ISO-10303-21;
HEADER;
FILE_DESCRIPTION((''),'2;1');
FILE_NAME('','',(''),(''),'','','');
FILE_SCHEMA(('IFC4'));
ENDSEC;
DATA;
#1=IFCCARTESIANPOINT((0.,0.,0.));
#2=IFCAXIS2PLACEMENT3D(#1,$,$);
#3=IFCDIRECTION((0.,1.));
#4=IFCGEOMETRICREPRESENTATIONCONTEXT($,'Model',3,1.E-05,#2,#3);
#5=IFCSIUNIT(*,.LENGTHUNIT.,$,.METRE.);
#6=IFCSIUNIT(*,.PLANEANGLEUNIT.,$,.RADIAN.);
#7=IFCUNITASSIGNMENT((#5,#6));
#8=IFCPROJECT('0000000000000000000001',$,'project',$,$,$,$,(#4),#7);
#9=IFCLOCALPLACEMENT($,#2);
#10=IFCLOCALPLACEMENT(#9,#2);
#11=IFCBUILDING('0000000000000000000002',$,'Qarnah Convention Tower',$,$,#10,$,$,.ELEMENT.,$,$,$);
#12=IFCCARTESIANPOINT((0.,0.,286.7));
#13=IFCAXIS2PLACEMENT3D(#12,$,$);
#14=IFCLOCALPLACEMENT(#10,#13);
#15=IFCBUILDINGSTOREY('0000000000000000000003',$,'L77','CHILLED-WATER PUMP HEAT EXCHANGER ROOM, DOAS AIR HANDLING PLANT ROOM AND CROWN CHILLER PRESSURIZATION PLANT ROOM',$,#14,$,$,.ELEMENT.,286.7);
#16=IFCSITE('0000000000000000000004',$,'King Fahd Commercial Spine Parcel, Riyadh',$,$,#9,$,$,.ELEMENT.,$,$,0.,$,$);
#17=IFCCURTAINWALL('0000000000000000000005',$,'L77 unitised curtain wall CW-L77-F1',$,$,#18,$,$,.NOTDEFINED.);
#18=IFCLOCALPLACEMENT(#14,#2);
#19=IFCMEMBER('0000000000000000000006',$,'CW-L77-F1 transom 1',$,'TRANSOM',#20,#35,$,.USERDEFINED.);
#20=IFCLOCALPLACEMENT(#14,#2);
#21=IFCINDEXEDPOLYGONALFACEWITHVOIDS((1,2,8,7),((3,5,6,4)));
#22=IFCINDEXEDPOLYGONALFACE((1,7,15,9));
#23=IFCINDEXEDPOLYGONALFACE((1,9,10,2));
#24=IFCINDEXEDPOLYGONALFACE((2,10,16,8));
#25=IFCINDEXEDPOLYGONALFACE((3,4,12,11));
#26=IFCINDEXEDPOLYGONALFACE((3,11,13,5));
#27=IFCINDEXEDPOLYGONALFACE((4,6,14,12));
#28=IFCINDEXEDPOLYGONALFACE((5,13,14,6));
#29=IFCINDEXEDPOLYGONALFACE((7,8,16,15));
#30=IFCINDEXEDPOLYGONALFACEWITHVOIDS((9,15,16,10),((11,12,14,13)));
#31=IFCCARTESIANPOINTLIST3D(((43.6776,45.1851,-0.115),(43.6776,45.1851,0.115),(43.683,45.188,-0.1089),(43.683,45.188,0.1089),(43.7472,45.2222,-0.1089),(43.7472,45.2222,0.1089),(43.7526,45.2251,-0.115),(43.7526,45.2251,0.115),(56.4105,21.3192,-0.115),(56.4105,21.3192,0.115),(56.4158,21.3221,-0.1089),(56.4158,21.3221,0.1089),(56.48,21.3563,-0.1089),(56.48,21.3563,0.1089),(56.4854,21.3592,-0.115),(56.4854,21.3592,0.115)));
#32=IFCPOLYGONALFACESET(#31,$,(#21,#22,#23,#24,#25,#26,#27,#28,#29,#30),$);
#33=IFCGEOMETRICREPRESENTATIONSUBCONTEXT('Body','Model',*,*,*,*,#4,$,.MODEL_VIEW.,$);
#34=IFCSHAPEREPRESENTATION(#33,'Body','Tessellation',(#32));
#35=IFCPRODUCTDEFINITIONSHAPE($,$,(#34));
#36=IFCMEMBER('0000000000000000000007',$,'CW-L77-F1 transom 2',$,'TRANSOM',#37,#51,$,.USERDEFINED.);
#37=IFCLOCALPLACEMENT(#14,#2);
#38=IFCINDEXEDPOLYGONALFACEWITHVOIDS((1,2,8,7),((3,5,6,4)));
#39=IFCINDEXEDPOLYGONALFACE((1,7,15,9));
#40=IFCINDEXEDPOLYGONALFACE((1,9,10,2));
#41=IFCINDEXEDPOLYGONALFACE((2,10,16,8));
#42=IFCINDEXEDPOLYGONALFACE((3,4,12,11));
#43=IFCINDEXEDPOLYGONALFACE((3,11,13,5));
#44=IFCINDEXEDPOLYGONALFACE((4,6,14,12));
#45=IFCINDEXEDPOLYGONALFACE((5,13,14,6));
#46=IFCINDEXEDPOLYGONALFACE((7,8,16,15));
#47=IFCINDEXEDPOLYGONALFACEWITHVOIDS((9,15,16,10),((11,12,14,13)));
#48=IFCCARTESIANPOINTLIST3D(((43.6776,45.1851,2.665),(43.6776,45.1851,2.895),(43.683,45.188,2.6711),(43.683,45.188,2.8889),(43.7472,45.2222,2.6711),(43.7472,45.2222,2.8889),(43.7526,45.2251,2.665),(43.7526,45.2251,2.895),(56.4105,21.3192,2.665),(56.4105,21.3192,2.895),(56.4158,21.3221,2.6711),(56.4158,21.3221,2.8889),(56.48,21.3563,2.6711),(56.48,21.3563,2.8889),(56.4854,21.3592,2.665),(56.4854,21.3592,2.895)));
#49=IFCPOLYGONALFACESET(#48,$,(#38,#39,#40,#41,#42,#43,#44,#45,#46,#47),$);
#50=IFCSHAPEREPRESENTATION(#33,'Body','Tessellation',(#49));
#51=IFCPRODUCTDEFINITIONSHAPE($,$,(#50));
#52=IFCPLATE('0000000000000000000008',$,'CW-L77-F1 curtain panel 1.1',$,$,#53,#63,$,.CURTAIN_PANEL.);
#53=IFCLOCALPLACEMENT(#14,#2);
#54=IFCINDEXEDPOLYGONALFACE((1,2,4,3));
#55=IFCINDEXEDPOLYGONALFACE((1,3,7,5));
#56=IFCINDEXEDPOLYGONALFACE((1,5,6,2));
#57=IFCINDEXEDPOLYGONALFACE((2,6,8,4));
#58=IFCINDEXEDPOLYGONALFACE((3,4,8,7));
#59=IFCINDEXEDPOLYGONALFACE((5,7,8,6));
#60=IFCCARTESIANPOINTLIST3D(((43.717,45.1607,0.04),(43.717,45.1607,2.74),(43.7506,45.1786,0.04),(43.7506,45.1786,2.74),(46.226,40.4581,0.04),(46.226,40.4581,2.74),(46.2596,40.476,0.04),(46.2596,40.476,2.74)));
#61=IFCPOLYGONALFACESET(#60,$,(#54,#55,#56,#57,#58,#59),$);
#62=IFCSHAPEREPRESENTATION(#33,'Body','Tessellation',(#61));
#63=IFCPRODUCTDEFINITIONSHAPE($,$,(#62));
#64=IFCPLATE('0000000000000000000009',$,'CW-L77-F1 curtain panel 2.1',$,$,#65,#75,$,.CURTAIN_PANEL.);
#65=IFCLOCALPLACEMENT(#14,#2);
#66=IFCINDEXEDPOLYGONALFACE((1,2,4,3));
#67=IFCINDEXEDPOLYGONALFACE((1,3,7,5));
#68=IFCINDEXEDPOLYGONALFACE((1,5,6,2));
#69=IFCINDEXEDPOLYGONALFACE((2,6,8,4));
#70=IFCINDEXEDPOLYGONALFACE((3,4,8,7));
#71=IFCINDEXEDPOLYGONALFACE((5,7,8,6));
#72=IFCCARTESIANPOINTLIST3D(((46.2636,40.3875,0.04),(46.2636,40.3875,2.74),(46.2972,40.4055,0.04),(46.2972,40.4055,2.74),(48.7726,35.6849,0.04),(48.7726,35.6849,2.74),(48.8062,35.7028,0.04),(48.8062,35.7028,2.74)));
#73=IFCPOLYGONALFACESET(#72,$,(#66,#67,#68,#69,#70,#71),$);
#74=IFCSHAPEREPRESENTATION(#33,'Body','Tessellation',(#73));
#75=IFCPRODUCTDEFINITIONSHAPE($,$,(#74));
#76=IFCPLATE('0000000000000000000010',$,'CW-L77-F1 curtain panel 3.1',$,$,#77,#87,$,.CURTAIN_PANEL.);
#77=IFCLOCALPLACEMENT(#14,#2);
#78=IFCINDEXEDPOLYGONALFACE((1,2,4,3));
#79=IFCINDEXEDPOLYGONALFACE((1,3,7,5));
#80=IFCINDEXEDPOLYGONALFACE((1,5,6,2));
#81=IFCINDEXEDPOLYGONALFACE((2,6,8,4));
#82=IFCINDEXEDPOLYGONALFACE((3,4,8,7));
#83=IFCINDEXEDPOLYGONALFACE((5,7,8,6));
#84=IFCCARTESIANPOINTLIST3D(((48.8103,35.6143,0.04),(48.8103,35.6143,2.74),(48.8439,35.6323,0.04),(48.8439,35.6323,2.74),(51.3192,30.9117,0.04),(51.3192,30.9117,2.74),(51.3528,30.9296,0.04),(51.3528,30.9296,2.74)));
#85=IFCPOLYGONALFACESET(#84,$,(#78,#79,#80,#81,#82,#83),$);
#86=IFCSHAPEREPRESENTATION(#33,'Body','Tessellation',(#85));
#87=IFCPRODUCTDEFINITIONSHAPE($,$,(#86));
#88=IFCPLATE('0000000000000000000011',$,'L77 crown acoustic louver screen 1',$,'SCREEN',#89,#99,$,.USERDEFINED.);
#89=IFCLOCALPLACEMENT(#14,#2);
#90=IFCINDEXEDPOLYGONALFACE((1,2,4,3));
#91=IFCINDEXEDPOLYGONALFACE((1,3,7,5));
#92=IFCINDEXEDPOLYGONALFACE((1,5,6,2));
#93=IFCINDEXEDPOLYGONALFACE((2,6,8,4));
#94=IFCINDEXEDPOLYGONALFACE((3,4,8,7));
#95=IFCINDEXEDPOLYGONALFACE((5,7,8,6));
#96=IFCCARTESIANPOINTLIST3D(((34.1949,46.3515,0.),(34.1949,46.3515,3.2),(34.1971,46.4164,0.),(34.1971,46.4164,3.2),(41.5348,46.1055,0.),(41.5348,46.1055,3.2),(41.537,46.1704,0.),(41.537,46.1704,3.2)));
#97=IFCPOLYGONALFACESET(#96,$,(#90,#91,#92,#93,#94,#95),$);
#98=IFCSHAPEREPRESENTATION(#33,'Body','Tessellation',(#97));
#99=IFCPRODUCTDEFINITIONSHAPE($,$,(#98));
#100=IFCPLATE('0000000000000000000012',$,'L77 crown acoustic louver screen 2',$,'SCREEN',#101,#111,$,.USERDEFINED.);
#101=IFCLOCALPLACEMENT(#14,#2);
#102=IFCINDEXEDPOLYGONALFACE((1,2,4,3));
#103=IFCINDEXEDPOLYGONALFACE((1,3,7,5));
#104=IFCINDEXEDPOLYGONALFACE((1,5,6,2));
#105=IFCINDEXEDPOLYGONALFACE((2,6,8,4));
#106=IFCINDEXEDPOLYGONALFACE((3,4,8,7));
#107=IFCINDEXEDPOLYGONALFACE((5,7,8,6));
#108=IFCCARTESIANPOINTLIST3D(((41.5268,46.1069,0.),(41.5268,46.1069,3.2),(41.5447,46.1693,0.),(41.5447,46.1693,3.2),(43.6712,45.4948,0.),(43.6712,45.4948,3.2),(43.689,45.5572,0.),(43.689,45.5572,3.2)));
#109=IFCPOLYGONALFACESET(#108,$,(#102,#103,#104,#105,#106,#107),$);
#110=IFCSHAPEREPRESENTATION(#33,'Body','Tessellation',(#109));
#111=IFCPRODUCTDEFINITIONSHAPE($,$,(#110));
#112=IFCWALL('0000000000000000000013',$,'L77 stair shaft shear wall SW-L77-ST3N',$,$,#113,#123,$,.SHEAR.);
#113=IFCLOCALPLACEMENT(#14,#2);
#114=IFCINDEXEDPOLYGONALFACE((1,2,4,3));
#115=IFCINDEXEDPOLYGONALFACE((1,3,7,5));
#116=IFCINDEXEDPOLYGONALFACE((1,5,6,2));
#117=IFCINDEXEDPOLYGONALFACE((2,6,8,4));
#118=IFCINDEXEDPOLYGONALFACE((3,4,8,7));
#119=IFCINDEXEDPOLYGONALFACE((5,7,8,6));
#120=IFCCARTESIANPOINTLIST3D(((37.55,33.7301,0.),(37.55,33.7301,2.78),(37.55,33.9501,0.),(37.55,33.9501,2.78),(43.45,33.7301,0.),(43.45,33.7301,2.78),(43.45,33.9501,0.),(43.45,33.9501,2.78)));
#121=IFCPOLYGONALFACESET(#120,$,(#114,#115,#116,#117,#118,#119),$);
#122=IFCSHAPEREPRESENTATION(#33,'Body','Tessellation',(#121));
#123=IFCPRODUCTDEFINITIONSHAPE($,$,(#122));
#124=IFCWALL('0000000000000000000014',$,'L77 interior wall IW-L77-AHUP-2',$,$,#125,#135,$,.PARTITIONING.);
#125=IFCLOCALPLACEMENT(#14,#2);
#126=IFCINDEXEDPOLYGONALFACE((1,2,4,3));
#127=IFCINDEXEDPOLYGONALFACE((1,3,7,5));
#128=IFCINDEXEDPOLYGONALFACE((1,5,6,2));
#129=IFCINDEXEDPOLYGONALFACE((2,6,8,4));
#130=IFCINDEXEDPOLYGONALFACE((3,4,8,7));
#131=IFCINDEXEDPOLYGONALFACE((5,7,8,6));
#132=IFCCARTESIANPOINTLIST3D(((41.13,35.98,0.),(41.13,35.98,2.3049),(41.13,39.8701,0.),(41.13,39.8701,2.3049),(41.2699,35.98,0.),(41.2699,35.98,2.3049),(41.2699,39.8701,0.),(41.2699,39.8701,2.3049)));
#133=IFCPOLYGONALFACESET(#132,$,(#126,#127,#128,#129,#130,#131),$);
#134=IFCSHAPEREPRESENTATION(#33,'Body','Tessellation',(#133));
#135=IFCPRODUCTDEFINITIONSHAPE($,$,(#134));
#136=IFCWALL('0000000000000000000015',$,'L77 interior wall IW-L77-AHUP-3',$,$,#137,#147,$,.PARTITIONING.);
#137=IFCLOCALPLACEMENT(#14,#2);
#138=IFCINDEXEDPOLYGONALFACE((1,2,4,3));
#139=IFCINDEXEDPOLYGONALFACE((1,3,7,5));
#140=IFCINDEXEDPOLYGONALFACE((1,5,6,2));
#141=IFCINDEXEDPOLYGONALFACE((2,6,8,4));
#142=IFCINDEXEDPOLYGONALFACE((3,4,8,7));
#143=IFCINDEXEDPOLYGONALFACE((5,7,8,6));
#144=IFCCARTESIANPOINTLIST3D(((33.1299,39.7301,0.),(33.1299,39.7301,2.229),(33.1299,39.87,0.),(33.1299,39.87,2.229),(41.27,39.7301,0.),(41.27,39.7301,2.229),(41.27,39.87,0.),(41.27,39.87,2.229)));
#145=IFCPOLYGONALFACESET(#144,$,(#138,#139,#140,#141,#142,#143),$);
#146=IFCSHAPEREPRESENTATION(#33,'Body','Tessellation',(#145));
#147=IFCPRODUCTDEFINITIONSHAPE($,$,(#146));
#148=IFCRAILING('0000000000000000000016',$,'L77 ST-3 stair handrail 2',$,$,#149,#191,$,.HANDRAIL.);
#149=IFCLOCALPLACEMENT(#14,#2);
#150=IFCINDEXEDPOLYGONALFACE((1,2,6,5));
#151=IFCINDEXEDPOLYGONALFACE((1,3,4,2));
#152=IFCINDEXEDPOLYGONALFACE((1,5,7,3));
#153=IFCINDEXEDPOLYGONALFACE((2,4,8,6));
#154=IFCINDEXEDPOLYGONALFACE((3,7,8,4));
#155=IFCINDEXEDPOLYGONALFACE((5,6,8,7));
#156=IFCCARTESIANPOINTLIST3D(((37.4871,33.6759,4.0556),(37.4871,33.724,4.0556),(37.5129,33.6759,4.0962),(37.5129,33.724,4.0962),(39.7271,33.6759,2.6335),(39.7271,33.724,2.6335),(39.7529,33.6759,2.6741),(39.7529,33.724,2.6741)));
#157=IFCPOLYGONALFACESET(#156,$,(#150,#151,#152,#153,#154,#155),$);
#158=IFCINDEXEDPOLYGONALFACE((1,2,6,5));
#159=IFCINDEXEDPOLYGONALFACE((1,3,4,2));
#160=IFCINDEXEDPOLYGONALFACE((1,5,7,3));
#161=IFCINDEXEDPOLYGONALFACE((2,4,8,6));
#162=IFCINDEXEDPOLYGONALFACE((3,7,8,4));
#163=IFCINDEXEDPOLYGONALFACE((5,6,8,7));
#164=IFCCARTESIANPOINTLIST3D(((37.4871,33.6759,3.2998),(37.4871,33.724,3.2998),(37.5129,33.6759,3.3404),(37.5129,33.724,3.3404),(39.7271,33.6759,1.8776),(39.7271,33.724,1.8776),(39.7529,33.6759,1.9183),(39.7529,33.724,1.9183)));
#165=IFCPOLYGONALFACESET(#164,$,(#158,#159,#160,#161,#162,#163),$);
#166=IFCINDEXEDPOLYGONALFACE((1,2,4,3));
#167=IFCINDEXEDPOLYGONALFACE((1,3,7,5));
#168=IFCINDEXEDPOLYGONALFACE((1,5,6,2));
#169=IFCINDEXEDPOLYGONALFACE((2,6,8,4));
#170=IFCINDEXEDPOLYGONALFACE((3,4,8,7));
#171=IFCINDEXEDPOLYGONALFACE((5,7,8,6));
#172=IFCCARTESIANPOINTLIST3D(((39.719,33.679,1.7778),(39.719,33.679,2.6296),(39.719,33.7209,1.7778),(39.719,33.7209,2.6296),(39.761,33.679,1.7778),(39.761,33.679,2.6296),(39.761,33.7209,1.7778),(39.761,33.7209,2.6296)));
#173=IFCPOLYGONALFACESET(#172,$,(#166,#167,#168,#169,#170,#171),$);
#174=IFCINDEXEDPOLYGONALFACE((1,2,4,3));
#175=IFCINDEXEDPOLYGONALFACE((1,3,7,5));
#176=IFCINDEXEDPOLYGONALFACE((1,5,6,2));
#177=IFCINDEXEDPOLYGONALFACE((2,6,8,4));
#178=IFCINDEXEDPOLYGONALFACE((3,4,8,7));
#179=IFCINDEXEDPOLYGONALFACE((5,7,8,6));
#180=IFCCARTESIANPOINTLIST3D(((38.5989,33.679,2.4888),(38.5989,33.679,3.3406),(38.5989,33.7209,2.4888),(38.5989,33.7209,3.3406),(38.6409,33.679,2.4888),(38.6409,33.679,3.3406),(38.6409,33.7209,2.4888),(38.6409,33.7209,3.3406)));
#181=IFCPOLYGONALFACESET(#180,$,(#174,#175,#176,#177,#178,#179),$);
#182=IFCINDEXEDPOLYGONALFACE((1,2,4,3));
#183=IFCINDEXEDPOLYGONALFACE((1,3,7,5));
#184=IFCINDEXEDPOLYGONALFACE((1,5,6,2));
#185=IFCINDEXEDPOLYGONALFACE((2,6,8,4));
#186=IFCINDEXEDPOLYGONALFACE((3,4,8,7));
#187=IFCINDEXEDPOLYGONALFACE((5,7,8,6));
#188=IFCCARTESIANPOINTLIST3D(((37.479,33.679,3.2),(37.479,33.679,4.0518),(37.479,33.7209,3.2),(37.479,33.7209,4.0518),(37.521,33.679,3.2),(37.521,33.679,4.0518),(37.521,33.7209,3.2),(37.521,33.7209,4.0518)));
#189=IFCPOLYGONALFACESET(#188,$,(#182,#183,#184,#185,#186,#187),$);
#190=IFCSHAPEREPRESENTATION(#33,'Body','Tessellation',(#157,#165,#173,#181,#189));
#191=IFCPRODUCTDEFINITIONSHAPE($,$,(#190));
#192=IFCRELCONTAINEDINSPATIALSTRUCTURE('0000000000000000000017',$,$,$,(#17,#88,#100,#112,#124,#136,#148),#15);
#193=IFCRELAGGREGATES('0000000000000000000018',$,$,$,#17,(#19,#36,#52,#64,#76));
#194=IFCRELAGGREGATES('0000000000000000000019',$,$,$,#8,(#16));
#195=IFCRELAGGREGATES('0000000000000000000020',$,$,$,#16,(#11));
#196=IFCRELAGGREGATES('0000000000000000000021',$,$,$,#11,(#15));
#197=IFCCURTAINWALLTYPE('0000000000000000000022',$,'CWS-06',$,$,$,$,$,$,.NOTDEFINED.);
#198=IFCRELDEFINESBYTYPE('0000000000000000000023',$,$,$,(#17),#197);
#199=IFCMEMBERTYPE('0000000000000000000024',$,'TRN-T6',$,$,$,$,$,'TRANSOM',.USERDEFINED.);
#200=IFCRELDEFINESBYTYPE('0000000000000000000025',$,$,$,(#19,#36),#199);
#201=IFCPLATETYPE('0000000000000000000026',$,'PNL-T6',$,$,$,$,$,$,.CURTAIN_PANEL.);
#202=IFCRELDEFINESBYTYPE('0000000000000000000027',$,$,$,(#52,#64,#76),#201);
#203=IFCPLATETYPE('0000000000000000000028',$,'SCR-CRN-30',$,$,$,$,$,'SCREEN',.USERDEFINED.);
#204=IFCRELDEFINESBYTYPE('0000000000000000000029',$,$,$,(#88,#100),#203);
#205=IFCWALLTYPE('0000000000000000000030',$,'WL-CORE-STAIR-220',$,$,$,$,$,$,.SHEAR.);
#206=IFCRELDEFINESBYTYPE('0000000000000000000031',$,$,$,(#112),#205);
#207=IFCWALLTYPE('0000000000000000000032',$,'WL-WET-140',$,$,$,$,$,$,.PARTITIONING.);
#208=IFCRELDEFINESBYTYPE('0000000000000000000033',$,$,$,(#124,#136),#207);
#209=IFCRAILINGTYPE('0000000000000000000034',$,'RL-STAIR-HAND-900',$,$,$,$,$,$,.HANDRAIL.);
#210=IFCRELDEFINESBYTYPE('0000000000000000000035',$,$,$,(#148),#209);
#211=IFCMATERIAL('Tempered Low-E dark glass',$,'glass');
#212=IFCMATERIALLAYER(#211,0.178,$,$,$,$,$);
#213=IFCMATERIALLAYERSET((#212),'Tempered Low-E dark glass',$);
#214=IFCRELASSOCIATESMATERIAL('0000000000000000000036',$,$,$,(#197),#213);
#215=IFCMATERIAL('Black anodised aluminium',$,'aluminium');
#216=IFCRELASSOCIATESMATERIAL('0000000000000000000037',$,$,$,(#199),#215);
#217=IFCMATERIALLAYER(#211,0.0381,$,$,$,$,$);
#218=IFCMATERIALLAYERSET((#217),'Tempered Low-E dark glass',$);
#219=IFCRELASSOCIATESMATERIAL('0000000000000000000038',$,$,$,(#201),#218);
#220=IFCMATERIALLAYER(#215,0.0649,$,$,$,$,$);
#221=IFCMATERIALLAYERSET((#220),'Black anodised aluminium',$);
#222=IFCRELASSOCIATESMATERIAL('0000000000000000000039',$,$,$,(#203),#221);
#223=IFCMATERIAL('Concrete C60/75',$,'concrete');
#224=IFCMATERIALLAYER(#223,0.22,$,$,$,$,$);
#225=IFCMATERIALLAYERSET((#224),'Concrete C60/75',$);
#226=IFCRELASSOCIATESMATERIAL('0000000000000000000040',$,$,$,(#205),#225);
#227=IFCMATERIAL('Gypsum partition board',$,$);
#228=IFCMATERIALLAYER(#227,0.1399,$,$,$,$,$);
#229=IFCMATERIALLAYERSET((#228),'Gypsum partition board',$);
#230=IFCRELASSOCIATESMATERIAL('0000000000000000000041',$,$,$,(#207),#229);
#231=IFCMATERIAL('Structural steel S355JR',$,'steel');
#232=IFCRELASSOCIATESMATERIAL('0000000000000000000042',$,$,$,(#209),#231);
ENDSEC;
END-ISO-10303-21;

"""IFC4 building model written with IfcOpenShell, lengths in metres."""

from ifc_helpers import new_model, si_unit, direction, frame, frame_2d, origin, origin_2d, place, context, subcontext, project, spatial, rectangle, hollow_rectangle, extrude, material, layer, layer_set, material_profile, profile_set, type_object, element, aggregate, save


model = new_model("IFC4")

# Units and contexts
model_context = context("Model", 3, precision=1e-05, world=origin(), true_north=direction((0.0, 1.0)))
body_context = subcontext(model_context, "Body", "Model", "MODEL_VIEW")
ifc_project = project(units=[si_unit("LENGTHUNIT", "METRE"), si_unit("PLANEANGLEUNIT", "RADIAN")], contexts=[model_context])

# Site, building, storey
site_placement = place(None, origin())
site = spatial("IfcSite", under=ifc_project, at=site_placement, Name="King Fahd Commercial Spine Parcel, Riyadh", CompositionType="ELEMENT", RefElevation=0.0)
building_placement = place(site_placement, origin())
building = spatial("IfcBuilding", under=site, at=building_placement, Name="Qarnah Convention Tower", CompositionType="ELEMENT")
storey_placement = place(building_placement, frame((0.0, 0.0, 286.7)))
storey = spatial("IfcBuildingStorey", under=building, at=storey_placement, Name="L77", Description="CHILLED-WATER PUMP HEAT EXCHANGER ROOM, DOAS AIR HANDLING PLANT ROOM AND CROWN CHILLER PRESSURIZATION PLANT ROOM", CompositionType="ELEMENT", Elevation=286.7)

# Shared definitions
ifc_material_1 = material(Name="Structural steel S355JR", Category="steel")

# Curtain wall, members, plates
ifc_material_2 = material(Name="Tempered Low-E dark glass", Category="glass")
ifc_layer_1 = layer(ifc_material_2, 0.178)
ifc_layer_set_1 = layer_set([ifc_layer_1], Name="Tempered Low-E dark glass")
curtain_wall_type = type_object("IfcCurtainWallType", Name="CWS-06", PredefinedType="NOTDEFINED", material=ifc_layer_set_1)
curtain_wall_placement = place(storey_placement, origin())
curtain_wall = element("IfcCurtainWall", 1, at=curtain_wall_placement, inside=storey, type_object=curtain_wall_type, Name="L77 unitised curtain wall CW-L77-F1", PredefinedType="NOTDEFINED")
ifc_material_3 = material(Name="Black anodised aluminium", Category="aluminium")
ifc_material_profile_1 = material_profile(ifc_material_3, hollow_rectangle(XDim=0.085, YDim=0.23, WallThickness=0.0061, at=origin_2d()), Name="TRN-85X230")
ifc_profile_set_1 = profile_set([ifc_material_profile_1], Name="Black anodised aluminium")
member_type_1 = type_object("IfcMemberType", Name="TRN-T6", ElementType="TRANSOM", PredefinedType="USERDEFINED", material=ifc_profile_set_1)
member_1_placement = place(storey_placement, frame((43.7151, 45.2051, 0.0), z_axis=(0.470715, -0.882285, 0.0), x_axis=(0.882285, 0.470715, 0.0)))
member_1 = element("IfcMember", 2, at=member_1_placement, type_object=member_type_1, Name="CW-L77-F1 transom 1", ObjectType="TRANSOM", PredefinedType="USERDEFINED", context=body_context, shape_type="SweptSolid", body=[
    extrude(hollow_rectangle(XDim=0.085, YDim=0.23, WallThickness=0.0061, at=origin_2d()), origin(), (0.0, 0.0, 1.0), 27.05),
])
member_2_placement = place(storey_placement, frame((43.7151, 45.2051, 2.78), z_axis=(0.470715, -0.882285, 0.0), x_axis=(0.882285, 0.470715, 0.0)))
member_2 = element("IfcMember", 3, at=member_2_placement, type_object=member_type_1, Name="CW-L77-F1 transom 2", ObjectType="TRANSOM", PredefinedType="USERDEFINED", context=body_context, shape_type="SweptSolid", body=[
    extrude(hollow_rectangle(XDim=0.085, YDim=0.23, WallThickness=0.0061, at=origin_2d()), origin(), (0.0, 0.0, 1.0), 27.05),
])
ifc_layer_2 = layer(ifc_material_2, 0.0381)
ifc_layer_set_2 = layer_set([ifc_layer_2], Name="Tempered Low-E dark glass")
plate_type_1 = type_object("IfcPlateType", Name="PNL-T6", PredefinedType="CURTAIN_PANEL", material=ifc_layer_set_2)
plate_1_placement = place(storey_placement, frame((44.9883, 42.8184, 0.04), z_axis=(0.0, 0.0, 1.0), x_axis=(0.470717, -0.882284, 0.0)))
plate_1 = element("IfcPlate", 4, at=plate_1_placement, type_object=plate_type_1, Name="CW-L77-F1 curtain panel 1.1", PredefinedType="CURTAIN_PANEL", context=body_context, shape_type="SweptSolid", body=[
    extrude(rectangle(XDim=5.3301, YDim=0.0381, at=origin_2d()), origin(), (0.0, 0.0, 1.0), 2.7),
])
plate_2_placement = place(storey_placement, frame((47.5349, 38.0452, 0.04), z_axis=(0.0, 0.0, 1.0), x_axis=(0.470717, -0.882284, 0.0)))
plate_2 = element("IfcPlate", 5, at=plate_2_placement, type_object=plate_type_1, Name="CW-L77-F1 curtain panel 2.1", PredefinedType="CURTAIN_PANEL", context=body_context, shape_type="SweptSolid", body=[
    extrude(rectangle(XDim=5.3301, YDim=0.0381, at=origin_2d()), origin(), (0.0, 0.0, 1.0), 2.7),
])
plate_3_placement = place(storey_placement, frame((50.0815, 33.272, 0.04), z_axis=(0.0, 0.0, 1.0), x_axis=(0.470717, -0.882284, 0.0)))
plate_3 = element("IfcPlate", 6, at=plate_3_placement, type_object=plate_type_1, Name="CW-L77-F1 curtain panel 3.1", PredefinedType="CURTAIN_PANEL", context=body_context, shape_type="SweptSolid", body=[
    extrude(rectangle(XDim=5.3301, YDim=0.0381, at=origin_2d()), origin(), (0.0, 0.0, 1.0), 2.7),
])
aggregate(curtain_wall, [member_1, member_2, plate_1, plate_2, plate_3])

# Plates
ifc_layer_3 = layer(ifc_material_3, 0.0649)
ifc_layer_set_3 = layer_set([ifc_layer_3], Name="Black anodised aluminium")
plate_type_2 = type_object("IfcPlateType", Name="SCR-CRN-30", ElementType="SCREEN", PredefinedType="USERDEFINED", material=ifc_layer_set_3)
plate_4_placement = place(storey_placement, frame((37.866, 46.261, 0.0), z_axis=(0.0, 0.0, 1.0), x_axis=(0.999439, -0.033495, 0.0)))
element("IfcPlate", 7, at=plate_4_placement, inside=storey, type_object=plate_type_2, Name="L77 crown acoustic louver screen 1", ObjectType="SCREEN", PredefinedType="USERDEFINED", context=body_context, shape_type="SweptSolid", body=[
    extrude(rectangle(XDim=7.344, YDim=0.0649, at=origin_2d()), origin(), (0.0, 0.0, 1.0), 3.2),
])
plate_5_placement = place(storey_placement, frame((42.6079, 45.832, 0.0), z_axis=(0.0, 0.0, 1.0), x_axis=(0.961592, -0.274485, 0.0)))
element("IfcPlate", 8, at=plate_5_placement, inside=storey, type_object=plate_type_2, Name="L77 crown acoustic louver screen 2", ObjectType="SCREEN", PredefinedType="USERDEFINED", context=body_context, shape_type="SweptSolid", body=[
    extrude(rectangle(XDim=2.23, YDim=0.0649, at=origin_2d()), origin(), (0.0, 0.0, 1.0), 3.2),
])

# Walls
ifc_material_4 = material(Name="Concrete C60/75", Category="concrete")
ifc_layer_4 = layer(ifc_material_4, 0.22)
ifc_layer_set_4 = layer_set([ifc_layer_4], Name="Concrete C60/75")
wall_type_1 = type_object("IfcWallType", Name="WL-CORE-STAIR-220", PredefinedType="SHEAR", material=ifc_layer_set_4)
wall_1_placement = place(storey_placement, frame((37.55, 33.8401, 0.0), z_axis=(0.0, 0.0, 1.0), x_axis=(1.0, 0.0, 0.0)))
element("IfcWall", 9, at=wall_1_placement, inside=storey, type_object=wall_type_1, Name="L77 stair shaft shear wall SW-L77-ST3N", PredefinedType="SHEAR", context=body_context, shape_type="SweptSolid", body=[
    extrude(rectangle(XDim=5.8999, YDim=0.22, at=frame_2d((2.95, 0.0))), origin(), (0.0, 0.0, 1.0), 2.78),
])
ifc_material_5 = material(Name="Gypsum partition board")
ifc_layer_5 = layer(ifc_material_5, 0.1399)
ifc_layer_set_5 = layer_set([ifc_layer_5], Name="Gypsum partition board")
wall_type_2 = type_object("IfcWallType", Name="WL-WET-140", PredefinedType="PARTITIONING", material=ifc_layer_set_5)
wall_2_placement = place(storey_placement, frame((41.2, 35.98, 0.0), z_axis=(0.0, 0.0, 1.0), x_axis=(0.0, 1.0, 0.0)))
element("IfcWall", 10, at=wall_2_placement, inside=storey, type_object=wall_type_2, Name="L77 interior wall IW-L77-AHUP-2", PredefinedType="PARTITIONING", context=body_context, shape_type="SweptSolid", body=[
    extrude(rectangle(XDim=3.8901, YDim=0.1399, at=frame_2d((1.9451, 0.0))), origin(), (0.0, 0.0, 1.0), 2.3049),
])
wall_3_placement = place(storey_placement, frame((41.27, 39.8, 0.0), z_axis=(0.0, 0.0, 1.0), x_axis=(-1.0, 0.0, 0.0)))
element("IfcWall", 11, at=wall_3_placement, inside=storey, type_object=wall_type_2, Name="L77 interior wall IW-L77-AHUP-3", PredefinedType="PARTITIONING", context=body_context, shape_type="SweptSolid", body=[
    extrude(rectangle(XDim=8.1401, YDim=0.1399, at=frame_2d((4.0701, 0.0))), origin(), (0.0, 0.0, 1.0), 2.229),
])

# Railing
railing_type = type_object("IfcRailingType", Name="RL-STAIR-HAND-900", PredefinedType="HANDRAIL", material=ifc_material_1)
railing_placement = place(storey_placement, frame((39.74, 33.7, 1.7778)))
element("IfcRailing", 12, at=railing_placement, inside=storey, type_object=railing_type, Name="L77 ST-3 stair handrail 2", PredefinedType="HANDRAIL", context=body_context, shape_type="SweptSolid", body=[
    extrude(rectangle(XDim=0.0481, YDim=0.0481, at=origin_2d()), frame((0.0, 0.0, 0.876), z_axis=(-0.844229, 0.0, 0.535982), x_axis=(0.0, -1.0, 0.0)), (0.0, 0.0, 1.0), 2.6533),
    extrude(rectangle(XDim=0.0481, YDim=0.0481, at=origin_2d()), frame((0.0, 0.0, 0.1201), z_axis=(-0.844229, 0.0, 0.535982), x_axis=(0.0, -1.0, 0.0)), (0.0, 0.0, 1.0), 2.6533),
    extrude(rectangle(XDim=0.042, YDim=0.042, at=origin_2d()), origin(), (0.0, 0.0, 1.0), 0.8518),
    extrude(rectangle(XDim=0.042, YDim=0.042, at=origin_2d()), frame((-1.1201, 0.0, 0.7109)), (0.0, 0.0, 1.0), 0.8518),
    extrude(rectangle(XDim=0.042, YDim=0.042, at=origin_2d()), frame((-2.24, 0.0, 1.4221)), (0.0, 0.0, 1.0), 0.8518),
])

save(model, "model.ifc")
